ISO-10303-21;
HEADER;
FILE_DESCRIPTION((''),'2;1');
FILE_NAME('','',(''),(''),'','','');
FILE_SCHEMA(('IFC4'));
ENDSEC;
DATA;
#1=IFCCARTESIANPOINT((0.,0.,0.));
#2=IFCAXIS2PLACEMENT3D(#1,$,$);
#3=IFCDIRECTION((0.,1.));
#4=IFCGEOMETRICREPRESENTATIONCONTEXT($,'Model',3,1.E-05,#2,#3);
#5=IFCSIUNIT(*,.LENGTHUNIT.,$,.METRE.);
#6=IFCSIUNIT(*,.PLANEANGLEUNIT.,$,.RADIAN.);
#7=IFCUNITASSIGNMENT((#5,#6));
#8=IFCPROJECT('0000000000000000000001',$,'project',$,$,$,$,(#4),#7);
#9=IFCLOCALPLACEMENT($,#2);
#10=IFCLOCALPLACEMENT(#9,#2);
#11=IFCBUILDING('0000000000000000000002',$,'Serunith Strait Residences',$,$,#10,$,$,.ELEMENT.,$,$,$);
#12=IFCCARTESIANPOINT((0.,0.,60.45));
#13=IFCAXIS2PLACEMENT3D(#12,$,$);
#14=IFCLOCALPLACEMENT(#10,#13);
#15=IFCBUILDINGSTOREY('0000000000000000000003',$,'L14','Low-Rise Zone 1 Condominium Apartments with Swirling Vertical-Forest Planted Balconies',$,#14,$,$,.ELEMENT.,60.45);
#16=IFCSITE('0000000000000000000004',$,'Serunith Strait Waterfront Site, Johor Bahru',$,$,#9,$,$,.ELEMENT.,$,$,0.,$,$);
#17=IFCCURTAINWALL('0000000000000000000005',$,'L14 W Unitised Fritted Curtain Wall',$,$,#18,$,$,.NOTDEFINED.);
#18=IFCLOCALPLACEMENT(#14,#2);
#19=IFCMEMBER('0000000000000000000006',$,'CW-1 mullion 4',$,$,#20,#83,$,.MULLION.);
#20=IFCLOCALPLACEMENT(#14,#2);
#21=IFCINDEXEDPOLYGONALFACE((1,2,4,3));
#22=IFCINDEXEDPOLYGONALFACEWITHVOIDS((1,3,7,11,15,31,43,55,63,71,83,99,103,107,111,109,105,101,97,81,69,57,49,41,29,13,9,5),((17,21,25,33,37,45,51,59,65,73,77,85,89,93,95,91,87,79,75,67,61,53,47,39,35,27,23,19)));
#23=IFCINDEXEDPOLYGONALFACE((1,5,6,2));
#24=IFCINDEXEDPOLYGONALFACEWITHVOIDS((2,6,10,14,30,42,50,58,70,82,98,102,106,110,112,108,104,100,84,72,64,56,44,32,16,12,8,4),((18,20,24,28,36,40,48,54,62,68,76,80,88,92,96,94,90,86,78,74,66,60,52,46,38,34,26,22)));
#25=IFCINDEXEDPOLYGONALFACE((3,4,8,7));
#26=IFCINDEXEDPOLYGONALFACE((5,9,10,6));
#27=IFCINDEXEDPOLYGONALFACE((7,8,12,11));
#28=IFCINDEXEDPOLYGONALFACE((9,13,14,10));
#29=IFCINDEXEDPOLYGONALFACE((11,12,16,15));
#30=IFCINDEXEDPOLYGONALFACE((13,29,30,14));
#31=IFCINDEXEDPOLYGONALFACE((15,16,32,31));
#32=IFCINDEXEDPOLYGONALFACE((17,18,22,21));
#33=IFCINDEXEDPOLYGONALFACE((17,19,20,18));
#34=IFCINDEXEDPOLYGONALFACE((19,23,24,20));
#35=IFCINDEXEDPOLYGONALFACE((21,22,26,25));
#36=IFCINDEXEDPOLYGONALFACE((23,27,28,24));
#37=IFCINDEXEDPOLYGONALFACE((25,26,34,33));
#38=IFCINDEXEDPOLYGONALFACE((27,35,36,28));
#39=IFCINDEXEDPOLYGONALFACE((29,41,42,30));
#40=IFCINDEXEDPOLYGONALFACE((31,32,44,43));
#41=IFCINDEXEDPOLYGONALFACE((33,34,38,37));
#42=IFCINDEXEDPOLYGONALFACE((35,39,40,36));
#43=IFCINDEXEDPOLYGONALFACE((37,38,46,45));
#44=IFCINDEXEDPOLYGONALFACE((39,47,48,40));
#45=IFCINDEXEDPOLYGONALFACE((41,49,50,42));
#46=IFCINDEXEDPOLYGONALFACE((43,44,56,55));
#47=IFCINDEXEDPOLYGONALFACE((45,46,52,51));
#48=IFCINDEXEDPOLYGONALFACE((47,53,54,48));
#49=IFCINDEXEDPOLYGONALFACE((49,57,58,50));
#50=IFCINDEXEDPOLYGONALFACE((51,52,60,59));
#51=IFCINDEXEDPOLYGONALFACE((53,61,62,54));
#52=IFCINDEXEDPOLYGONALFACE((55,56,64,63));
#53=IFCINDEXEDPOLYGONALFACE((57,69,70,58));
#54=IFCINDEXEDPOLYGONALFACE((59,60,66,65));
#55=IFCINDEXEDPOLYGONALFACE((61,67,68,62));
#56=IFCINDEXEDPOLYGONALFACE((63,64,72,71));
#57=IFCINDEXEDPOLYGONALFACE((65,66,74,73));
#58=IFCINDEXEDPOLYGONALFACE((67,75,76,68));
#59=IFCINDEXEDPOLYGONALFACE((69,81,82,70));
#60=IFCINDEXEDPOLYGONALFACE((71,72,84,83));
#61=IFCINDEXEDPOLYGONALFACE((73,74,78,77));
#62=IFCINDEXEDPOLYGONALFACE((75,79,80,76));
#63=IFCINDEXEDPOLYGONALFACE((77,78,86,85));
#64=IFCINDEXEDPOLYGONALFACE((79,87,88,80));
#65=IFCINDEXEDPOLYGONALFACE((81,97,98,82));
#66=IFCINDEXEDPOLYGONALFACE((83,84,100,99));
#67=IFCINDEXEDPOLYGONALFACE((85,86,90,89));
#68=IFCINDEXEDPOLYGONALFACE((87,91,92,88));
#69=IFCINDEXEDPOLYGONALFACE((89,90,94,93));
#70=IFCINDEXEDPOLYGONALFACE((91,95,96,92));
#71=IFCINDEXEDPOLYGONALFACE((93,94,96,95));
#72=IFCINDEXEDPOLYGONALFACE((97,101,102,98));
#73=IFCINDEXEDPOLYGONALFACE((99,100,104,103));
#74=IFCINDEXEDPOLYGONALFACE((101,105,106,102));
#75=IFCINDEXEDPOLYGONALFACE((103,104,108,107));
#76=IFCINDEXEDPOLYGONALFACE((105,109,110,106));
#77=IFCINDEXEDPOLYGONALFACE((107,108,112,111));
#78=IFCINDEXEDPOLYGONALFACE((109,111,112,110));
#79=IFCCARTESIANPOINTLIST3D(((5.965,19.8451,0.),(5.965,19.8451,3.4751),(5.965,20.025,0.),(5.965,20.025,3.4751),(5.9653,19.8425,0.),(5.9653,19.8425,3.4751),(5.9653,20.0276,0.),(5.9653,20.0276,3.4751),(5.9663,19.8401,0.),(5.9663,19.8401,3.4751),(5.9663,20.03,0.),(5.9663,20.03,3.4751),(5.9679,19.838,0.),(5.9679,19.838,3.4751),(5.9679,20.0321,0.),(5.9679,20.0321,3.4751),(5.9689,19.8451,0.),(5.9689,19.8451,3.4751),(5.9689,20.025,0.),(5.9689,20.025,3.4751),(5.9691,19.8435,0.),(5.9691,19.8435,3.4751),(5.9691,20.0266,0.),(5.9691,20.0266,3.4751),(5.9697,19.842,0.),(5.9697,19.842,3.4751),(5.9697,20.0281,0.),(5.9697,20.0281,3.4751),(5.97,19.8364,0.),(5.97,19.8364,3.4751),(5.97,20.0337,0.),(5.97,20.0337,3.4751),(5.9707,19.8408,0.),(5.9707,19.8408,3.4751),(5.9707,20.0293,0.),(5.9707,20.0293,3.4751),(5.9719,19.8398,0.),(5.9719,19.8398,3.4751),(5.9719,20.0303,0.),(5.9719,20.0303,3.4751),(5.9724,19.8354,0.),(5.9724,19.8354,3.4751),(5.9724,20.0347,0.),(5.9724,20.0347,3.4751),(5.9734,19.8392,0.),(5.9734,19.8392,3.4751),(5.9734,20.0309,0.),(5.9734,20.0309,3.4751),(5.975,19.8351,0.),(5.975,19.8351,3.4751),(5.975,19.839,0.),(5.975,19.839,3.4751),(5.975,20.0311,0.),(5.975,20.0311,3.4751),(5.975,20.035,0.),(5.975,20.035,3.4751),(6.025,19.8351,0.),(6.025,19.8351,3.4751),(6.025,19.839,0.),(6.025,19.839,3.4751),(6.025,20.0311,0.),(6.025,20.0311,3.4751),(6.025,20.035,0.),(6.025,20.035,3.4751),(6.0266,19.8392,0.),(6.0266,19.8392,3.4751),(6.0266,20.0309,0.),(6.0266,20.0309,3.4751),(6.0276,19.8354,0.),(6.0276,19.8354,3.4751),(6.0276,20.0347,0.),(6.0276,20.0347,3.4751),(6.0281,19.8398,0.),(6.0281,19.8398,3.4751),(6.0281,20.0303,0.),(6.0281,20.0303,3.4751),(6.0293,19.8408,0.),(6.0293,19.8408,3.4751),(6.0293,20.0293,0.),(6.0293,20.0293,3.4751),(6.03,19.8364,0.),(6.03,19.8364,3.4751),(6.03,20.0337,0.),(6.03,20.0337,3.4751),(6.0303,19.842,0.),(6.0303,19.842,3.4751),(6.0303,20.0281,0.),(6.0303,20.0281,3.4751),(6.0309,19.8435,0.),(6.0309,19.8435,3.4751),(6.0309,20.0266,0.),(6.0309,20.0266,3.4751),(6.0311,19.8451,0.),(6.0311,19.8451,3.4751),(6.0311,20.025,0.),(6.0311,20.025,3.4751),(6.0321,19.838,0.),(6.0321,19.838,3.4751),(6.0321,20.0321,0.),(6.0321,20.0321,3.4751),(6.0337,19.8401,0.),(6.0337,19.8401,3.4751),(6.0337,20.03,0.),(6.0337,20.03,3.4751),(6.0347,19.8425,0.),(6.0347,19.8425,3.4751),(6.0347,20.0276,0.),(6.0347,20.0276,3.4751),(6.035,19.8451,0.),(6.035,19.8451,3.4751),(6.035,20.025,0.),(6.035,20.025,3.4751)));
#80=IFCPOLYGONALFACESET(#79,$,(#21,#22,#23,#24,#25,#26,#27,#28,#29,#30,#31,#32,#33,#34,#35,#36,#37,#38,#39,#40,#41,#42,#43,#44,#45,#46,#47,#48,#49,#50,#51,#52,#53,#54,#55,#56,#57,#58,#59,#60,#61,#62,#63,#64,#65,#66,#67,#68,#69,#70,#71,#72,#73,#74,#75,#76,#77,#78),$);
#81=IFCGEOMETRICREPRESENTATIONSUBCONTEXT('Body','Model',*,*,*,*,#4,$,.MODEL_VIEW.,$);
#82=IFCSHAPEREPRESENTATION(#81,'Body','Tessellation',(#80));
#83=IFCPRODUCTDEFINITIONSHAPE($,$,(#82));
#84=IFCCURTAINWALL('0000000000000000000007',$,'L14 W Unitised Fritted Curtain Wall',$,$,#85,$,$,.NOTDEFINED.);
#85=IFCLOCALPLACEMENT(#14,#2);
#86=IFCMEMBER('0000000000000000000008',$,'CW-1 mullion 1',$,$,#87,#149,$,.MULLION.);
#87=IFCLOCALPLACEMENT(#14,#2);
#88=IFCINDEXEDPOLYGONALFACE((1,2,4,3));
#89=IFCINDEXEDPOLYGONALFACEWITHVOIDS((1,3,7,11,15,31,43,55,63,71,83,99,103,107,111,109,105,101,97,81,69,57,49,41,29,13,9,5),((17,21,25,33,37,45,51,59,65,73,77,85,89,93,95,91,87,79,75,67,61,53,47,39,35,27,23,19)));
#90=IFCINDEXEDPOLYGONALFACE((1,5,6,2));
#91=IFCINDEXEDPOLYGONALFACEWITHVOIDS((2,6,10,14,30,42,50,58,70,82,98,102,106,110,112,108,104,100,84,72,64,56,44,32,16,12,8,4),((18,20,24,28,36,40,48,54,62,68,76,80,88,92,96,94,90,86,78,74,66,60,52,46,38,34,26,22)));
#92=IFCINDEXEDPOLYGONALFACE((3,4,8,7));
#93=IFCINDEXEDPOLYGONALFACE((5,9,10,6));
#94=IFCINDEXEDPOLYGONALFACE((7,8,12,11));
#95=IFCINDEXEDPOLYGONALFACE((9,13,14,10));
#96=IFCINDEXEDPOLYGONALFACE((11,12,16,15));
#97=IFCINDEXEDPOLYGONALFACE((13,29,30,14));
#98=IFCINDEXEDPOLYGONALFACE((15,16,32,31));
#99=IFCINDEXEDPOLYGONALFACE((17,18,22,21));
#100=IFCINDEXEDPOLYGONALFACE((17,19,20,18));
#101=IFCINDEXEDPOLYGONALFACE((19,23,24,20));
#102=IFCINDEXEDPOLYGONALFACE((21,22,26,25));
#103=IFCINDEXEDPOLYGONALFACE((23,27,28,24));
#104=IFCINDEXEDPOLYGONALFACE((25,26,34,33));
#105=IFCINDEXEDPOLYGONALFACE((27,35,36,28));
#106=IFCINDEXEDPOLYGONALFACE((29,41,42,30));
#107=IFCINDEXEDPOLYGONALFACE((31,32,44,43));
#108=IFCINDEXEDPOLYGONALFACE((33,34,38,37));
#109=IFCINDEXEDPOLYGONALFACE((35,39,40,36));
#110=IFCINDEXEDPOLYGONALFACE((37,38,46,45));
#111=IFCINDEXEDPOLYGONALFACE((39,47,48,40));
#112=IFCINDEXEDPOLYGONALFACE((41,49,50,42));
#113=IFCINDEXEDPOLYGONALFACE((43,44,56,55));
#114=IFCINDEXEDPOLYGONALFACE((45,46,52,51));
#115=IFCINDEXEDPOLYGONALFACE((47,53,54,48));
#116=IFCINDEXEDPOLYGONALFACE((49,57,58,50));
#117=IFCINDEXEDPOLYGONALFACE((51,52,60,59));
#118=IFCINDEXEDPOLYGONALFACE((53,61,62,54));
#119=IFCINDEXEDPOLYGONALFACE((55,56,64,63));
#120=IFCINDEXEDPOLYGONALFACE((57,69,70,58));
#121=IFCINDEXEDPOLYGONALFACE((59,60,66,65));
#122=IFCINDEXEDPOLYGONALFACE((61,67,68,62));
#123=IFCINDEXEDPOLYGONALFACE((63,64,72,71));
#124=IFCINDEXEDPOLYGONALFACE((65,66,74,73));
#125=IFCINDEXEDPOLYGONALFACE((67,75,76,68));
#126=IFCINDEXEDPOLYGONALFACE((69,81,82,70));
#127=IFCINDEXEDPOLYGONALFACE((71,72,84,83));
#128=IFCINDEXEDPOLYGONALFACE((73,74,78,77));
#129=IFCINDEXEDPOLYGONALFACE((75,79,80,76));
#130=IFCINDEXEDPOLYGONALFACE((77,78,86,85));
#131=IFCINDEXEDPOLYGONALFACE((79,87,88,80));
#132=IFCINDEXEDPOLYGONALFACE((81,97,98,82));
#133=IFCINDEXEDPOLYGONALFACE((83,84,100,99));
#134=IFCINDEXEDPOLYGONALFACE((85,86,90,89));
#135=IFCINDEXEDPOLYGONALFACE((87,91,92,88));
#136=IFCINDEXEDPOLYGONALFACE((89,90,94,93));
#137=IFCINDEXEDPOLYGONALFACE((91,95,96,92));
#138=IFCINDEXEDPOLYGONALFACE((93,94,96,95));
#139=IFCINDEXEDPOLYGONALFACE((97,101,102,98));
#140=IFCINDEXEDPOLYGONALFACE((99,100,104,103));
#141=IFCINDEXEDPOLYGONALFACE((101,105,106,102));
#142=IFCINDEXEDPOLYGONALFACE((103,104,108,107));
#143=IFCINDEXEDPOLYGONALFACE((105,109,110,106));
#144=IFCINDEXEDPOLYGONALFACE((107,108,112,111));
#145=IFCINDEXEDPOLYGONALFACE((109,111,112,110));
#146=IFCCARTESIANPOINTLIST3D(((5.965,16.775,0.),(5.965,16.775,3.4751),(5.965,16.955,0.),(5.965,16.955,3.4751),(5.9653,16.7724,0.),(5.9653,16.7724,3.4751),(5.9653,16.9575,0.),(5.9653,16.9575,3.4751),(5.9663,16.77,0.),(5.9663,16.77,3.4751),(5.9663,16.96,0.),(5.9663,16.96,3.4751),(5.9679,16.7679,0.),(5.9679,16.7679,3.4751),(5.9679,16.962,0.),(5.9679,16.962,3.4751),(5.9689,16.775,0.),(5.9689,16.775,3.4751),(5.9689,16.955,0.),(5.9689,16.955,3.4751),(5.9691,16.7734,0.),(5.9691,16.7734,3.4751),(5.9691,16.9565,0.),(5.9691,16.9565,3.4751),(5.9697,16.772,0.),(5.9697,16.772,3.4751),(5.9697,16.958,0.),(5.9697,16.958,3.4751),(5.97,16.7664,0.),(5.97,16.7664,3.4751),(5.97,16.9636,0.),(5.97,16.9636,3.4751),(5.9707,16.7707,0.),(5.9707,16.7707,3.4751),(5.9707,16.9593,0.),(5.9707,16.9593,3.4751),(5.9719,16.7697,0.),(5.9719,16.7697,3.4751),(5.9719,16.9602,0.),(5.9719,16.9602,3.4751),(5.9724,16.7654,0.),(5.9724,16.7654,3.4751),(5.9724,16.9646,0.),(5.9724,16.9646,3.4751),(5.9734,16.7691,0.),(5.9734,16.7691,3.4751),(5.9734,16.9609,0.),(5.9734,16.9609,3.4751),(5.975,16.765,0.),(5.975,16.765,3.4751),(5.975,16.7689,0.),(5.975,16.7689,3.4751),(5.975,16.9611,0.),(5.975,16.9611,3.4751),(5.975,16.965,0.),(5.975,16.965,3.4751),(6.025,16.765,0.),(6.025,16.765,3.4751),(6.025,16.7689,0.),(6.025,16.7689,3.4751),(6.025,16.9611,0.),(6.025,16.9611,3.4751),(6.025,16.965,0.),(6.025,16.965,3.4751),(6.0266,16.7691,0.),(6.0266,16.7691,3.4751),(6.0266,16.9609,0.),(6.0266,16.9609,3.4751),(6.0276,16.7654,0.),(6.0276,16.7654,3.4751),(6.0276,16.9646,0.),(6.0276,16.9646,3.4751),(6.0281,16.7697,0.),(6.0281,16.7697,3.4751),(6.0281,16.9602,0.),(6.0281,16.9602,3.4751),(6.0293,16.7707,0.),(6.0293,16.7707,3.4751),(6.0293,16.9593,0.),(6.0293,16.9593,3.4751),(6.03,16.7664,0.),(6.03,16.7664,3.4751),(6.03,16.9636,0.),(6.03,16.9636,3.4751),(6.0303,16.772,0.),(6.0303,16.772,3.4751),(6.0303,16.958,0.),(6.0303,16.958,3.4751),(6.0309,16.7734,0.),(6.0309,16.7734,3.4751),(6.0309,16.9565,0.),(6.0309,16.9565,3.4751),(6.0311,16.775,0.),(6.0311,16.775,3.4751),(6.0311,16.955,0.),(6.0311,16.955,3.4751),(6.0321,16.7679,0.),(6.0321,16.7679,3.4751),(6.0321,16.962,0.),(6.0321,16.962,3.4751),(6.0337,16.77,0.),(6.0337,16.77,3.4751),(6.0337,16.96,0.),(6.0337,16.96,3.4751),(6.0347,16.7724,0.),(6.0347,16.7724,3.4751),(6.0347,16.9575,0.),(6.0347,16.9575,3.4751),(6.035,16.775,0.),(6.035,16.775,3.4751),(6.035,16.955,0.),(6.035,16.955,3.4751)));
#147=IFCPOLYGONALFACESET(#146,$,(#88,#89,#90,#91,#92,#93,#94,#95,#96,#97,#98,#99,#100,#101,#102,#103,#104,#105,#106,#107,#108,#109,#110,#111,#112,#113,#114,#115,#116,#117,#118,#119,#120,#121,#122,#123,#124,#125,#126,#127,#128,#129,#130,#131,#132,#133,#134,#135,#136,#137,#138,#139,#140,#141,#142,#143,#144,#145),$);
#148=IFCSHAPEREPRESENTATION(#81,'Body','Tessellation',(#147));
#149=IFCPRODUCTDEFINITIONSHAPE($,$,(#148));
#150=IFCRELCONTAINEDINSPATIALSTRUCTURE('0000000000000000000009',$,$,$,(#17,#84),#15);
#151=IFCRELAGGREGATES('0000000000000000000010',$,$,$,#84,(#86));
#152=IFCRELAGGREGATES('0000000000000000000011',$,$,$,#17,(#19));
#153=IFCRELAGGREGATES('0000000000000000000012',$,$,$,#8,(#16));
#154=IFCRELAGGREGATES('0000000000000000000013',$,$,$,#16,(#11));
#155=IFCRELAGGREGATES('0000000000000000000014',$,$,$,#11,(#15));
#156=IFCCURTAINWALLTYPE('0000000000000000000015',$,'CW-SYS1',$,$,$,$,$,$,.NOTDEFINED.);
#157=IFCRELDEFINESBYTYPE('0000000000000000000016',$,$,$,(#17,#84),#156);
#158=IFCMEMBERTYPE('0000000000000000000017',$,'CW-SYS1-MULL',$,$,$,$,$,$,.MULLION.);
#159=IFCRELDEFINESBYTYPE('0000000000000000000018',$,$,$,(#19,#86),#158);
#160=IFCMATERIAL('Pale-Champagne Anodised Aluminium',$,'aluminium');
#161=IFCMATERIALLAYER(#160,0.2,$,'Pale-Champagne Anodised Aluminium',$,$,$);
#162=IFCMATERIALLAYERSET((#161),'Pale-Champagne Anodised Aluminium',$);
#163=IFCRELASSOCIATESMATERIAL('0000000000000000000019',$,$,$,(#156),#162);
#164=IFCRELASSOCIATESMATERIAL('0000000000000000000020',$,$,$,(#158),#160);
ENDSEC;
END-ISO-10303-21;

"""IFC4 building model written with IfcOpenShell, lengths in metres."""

from ifc_helpers import new_model, si_unit, direction, frame, origin, origin_2d, place, context, subcontext, project, spatial, hollow_rectangle, extrude, source, transform, mapped, material, layer, layer_set, material_profile, profile_set, type_object, element, aggregate, save


model = new_model("IFC4")

# Units and contexts
model_context = context("Model", 3, precision=1e-05, world=origin(), true_north=direction((0.0, 1.0)))
body_context = subcontext(model_context, "Body", "Model", "MODEL_VIEW")
ifc_project = project(units=[si_unit("LENGTHUNIT", "METRE"), si_unit("PLANEANGLEUNIT", "RADIAN")], contexts=[model_context])

# Site, building, storey
site_placement = place(None, origin())
site = spatial("IfcSite", under=ifc_project, at=site_placement, Name="Serunith Strait Waterfront Site, Johor Bahru", CompositionType="ELEMENT", RefElevation=0.0)
building_placement = place(site_placement, origin())
building = spatial("IfcBuilding", under=site, at=building_placement, Name="Serunith Strait Residences", CompositionType="ELEMENT")
storey_placement = place(building_placement, frame((0.0, 0.0, 60.45)))
storey = spatial("IfcBuildingStorey", under=building, at=storey_placement, Name="L14", Description="Low-Rise Zone 1 Condominium Apartments with Swirling Vertical-Forest Planted Balconies", CompositionType="ELEMENT", Elevation=60.45)

# Curtain wall, member
ifc_material_1 = material(Name="Pale-Champagne Anodised Aluminium", Category="aluminium")
ifc_layer_1 = layer(ifc_material_1, 0.2, Name="Pale-Champagne Anodised Aluminium")
ifc_layer_set_1 = layer_set([ifc_layer_1], Name="Pale-Champagne Anodised Aluminium")
curtain_wall_type = type_object("IfcCurtainWallType", Name="CW-SYS1", PredefinedType="NOTDEFINED", material=ifc_layer_set_1)
curtain_wall_1_placement = place(storey_placement, origin())
curtain_wall_1 = element("IfcCurtainWall", 1, at=curtain_wall_1_placement, inside=storey, type_object=curtain_wall_type, Name="L14 W Unitised Fritted Curtain Wall", PredefinedType="NOTDEFINED")
ifc_material_profile_1 = material_profile(ifc_material_1, hollow_rectangle(XDim=0.0701, YDim=0.2, WallThickness=0.0039, InnerFilletRadius=0.0061, OuterFilletRadius=0.01, at=origin_2d()), Name="ALU 200x70x4")
ifc_profile_set_1 = profile_set([ifc_material_profile_1], Name="Pale-Champagne Anodised Aluminium")
member_type_1 = type_object("IfcMemberType", Name="CW-SYS1-MULL", PredefinedType="MULLION", material=ifc_profile_set_1)
shared_shape_1 = source(origin(), body_context, "Body", "SweptSolid", [
    extrude(hollow_rectangle(XDim=0.0701, YDim=0.2, WallThickness=0.0039, InnerFilletRadius=0.0061, OuterFilletRadius=0.01, at=origin_2d()), origin(), (0.0, 0.0, 1.0), 3.4751),
])
member_1_placement = place(storey_placement, frame((6.0, 19.9351, 0.0), z_axis=(0.0, 0.0, 1.0), x_axis=(1.0, 0.0, 0.0)))
member_1 = element("IfcMember", 2, at=member_1_placement, type_object=member_type_1, Name="CW-1 mullion 4", PredefinedType="MULLION", context=body_context, shape_type="MappedRepresentation", body=[
    mapped(shared_shape_1, transform((0.0, 0.0, 0.0), scale=1.0)),
])

# Curtain wall, member
curtain_wall_2_placement = place(storey_placement, origin())
curtain_wall_2 = element("IfcCurtainWall", 3, at=curtain_wall_2_placement, inside=storey, type_object=curtain_wall_type, Name="L14 W Unitised Fritted Curtain Wall", PredefinedType="NOTDEFINED")
member_2_placement = place(storey_placement, frame((6.0, 16.865, 0.0), z_axis=(0.0, 0.0, 1.0), x_axis=(1.0, 0.0, 0.0)))
member_2 = element("IfcMember", 4, at=member_2_placement, type_object=member_type_1, Name="CW-1 mullion 1", PredefinedType="MULLION", context=body_context, shape_type="MappedRepresentation", body=[
    mapped(shared_shape_1, transform((0.0, 0.0, 0.0), scale=1.0)),
])
aggregate(curtain_wall_2, [member_2])

aggregate(curtain_wall_1, [member_1])

save(model, "model.ifc")
